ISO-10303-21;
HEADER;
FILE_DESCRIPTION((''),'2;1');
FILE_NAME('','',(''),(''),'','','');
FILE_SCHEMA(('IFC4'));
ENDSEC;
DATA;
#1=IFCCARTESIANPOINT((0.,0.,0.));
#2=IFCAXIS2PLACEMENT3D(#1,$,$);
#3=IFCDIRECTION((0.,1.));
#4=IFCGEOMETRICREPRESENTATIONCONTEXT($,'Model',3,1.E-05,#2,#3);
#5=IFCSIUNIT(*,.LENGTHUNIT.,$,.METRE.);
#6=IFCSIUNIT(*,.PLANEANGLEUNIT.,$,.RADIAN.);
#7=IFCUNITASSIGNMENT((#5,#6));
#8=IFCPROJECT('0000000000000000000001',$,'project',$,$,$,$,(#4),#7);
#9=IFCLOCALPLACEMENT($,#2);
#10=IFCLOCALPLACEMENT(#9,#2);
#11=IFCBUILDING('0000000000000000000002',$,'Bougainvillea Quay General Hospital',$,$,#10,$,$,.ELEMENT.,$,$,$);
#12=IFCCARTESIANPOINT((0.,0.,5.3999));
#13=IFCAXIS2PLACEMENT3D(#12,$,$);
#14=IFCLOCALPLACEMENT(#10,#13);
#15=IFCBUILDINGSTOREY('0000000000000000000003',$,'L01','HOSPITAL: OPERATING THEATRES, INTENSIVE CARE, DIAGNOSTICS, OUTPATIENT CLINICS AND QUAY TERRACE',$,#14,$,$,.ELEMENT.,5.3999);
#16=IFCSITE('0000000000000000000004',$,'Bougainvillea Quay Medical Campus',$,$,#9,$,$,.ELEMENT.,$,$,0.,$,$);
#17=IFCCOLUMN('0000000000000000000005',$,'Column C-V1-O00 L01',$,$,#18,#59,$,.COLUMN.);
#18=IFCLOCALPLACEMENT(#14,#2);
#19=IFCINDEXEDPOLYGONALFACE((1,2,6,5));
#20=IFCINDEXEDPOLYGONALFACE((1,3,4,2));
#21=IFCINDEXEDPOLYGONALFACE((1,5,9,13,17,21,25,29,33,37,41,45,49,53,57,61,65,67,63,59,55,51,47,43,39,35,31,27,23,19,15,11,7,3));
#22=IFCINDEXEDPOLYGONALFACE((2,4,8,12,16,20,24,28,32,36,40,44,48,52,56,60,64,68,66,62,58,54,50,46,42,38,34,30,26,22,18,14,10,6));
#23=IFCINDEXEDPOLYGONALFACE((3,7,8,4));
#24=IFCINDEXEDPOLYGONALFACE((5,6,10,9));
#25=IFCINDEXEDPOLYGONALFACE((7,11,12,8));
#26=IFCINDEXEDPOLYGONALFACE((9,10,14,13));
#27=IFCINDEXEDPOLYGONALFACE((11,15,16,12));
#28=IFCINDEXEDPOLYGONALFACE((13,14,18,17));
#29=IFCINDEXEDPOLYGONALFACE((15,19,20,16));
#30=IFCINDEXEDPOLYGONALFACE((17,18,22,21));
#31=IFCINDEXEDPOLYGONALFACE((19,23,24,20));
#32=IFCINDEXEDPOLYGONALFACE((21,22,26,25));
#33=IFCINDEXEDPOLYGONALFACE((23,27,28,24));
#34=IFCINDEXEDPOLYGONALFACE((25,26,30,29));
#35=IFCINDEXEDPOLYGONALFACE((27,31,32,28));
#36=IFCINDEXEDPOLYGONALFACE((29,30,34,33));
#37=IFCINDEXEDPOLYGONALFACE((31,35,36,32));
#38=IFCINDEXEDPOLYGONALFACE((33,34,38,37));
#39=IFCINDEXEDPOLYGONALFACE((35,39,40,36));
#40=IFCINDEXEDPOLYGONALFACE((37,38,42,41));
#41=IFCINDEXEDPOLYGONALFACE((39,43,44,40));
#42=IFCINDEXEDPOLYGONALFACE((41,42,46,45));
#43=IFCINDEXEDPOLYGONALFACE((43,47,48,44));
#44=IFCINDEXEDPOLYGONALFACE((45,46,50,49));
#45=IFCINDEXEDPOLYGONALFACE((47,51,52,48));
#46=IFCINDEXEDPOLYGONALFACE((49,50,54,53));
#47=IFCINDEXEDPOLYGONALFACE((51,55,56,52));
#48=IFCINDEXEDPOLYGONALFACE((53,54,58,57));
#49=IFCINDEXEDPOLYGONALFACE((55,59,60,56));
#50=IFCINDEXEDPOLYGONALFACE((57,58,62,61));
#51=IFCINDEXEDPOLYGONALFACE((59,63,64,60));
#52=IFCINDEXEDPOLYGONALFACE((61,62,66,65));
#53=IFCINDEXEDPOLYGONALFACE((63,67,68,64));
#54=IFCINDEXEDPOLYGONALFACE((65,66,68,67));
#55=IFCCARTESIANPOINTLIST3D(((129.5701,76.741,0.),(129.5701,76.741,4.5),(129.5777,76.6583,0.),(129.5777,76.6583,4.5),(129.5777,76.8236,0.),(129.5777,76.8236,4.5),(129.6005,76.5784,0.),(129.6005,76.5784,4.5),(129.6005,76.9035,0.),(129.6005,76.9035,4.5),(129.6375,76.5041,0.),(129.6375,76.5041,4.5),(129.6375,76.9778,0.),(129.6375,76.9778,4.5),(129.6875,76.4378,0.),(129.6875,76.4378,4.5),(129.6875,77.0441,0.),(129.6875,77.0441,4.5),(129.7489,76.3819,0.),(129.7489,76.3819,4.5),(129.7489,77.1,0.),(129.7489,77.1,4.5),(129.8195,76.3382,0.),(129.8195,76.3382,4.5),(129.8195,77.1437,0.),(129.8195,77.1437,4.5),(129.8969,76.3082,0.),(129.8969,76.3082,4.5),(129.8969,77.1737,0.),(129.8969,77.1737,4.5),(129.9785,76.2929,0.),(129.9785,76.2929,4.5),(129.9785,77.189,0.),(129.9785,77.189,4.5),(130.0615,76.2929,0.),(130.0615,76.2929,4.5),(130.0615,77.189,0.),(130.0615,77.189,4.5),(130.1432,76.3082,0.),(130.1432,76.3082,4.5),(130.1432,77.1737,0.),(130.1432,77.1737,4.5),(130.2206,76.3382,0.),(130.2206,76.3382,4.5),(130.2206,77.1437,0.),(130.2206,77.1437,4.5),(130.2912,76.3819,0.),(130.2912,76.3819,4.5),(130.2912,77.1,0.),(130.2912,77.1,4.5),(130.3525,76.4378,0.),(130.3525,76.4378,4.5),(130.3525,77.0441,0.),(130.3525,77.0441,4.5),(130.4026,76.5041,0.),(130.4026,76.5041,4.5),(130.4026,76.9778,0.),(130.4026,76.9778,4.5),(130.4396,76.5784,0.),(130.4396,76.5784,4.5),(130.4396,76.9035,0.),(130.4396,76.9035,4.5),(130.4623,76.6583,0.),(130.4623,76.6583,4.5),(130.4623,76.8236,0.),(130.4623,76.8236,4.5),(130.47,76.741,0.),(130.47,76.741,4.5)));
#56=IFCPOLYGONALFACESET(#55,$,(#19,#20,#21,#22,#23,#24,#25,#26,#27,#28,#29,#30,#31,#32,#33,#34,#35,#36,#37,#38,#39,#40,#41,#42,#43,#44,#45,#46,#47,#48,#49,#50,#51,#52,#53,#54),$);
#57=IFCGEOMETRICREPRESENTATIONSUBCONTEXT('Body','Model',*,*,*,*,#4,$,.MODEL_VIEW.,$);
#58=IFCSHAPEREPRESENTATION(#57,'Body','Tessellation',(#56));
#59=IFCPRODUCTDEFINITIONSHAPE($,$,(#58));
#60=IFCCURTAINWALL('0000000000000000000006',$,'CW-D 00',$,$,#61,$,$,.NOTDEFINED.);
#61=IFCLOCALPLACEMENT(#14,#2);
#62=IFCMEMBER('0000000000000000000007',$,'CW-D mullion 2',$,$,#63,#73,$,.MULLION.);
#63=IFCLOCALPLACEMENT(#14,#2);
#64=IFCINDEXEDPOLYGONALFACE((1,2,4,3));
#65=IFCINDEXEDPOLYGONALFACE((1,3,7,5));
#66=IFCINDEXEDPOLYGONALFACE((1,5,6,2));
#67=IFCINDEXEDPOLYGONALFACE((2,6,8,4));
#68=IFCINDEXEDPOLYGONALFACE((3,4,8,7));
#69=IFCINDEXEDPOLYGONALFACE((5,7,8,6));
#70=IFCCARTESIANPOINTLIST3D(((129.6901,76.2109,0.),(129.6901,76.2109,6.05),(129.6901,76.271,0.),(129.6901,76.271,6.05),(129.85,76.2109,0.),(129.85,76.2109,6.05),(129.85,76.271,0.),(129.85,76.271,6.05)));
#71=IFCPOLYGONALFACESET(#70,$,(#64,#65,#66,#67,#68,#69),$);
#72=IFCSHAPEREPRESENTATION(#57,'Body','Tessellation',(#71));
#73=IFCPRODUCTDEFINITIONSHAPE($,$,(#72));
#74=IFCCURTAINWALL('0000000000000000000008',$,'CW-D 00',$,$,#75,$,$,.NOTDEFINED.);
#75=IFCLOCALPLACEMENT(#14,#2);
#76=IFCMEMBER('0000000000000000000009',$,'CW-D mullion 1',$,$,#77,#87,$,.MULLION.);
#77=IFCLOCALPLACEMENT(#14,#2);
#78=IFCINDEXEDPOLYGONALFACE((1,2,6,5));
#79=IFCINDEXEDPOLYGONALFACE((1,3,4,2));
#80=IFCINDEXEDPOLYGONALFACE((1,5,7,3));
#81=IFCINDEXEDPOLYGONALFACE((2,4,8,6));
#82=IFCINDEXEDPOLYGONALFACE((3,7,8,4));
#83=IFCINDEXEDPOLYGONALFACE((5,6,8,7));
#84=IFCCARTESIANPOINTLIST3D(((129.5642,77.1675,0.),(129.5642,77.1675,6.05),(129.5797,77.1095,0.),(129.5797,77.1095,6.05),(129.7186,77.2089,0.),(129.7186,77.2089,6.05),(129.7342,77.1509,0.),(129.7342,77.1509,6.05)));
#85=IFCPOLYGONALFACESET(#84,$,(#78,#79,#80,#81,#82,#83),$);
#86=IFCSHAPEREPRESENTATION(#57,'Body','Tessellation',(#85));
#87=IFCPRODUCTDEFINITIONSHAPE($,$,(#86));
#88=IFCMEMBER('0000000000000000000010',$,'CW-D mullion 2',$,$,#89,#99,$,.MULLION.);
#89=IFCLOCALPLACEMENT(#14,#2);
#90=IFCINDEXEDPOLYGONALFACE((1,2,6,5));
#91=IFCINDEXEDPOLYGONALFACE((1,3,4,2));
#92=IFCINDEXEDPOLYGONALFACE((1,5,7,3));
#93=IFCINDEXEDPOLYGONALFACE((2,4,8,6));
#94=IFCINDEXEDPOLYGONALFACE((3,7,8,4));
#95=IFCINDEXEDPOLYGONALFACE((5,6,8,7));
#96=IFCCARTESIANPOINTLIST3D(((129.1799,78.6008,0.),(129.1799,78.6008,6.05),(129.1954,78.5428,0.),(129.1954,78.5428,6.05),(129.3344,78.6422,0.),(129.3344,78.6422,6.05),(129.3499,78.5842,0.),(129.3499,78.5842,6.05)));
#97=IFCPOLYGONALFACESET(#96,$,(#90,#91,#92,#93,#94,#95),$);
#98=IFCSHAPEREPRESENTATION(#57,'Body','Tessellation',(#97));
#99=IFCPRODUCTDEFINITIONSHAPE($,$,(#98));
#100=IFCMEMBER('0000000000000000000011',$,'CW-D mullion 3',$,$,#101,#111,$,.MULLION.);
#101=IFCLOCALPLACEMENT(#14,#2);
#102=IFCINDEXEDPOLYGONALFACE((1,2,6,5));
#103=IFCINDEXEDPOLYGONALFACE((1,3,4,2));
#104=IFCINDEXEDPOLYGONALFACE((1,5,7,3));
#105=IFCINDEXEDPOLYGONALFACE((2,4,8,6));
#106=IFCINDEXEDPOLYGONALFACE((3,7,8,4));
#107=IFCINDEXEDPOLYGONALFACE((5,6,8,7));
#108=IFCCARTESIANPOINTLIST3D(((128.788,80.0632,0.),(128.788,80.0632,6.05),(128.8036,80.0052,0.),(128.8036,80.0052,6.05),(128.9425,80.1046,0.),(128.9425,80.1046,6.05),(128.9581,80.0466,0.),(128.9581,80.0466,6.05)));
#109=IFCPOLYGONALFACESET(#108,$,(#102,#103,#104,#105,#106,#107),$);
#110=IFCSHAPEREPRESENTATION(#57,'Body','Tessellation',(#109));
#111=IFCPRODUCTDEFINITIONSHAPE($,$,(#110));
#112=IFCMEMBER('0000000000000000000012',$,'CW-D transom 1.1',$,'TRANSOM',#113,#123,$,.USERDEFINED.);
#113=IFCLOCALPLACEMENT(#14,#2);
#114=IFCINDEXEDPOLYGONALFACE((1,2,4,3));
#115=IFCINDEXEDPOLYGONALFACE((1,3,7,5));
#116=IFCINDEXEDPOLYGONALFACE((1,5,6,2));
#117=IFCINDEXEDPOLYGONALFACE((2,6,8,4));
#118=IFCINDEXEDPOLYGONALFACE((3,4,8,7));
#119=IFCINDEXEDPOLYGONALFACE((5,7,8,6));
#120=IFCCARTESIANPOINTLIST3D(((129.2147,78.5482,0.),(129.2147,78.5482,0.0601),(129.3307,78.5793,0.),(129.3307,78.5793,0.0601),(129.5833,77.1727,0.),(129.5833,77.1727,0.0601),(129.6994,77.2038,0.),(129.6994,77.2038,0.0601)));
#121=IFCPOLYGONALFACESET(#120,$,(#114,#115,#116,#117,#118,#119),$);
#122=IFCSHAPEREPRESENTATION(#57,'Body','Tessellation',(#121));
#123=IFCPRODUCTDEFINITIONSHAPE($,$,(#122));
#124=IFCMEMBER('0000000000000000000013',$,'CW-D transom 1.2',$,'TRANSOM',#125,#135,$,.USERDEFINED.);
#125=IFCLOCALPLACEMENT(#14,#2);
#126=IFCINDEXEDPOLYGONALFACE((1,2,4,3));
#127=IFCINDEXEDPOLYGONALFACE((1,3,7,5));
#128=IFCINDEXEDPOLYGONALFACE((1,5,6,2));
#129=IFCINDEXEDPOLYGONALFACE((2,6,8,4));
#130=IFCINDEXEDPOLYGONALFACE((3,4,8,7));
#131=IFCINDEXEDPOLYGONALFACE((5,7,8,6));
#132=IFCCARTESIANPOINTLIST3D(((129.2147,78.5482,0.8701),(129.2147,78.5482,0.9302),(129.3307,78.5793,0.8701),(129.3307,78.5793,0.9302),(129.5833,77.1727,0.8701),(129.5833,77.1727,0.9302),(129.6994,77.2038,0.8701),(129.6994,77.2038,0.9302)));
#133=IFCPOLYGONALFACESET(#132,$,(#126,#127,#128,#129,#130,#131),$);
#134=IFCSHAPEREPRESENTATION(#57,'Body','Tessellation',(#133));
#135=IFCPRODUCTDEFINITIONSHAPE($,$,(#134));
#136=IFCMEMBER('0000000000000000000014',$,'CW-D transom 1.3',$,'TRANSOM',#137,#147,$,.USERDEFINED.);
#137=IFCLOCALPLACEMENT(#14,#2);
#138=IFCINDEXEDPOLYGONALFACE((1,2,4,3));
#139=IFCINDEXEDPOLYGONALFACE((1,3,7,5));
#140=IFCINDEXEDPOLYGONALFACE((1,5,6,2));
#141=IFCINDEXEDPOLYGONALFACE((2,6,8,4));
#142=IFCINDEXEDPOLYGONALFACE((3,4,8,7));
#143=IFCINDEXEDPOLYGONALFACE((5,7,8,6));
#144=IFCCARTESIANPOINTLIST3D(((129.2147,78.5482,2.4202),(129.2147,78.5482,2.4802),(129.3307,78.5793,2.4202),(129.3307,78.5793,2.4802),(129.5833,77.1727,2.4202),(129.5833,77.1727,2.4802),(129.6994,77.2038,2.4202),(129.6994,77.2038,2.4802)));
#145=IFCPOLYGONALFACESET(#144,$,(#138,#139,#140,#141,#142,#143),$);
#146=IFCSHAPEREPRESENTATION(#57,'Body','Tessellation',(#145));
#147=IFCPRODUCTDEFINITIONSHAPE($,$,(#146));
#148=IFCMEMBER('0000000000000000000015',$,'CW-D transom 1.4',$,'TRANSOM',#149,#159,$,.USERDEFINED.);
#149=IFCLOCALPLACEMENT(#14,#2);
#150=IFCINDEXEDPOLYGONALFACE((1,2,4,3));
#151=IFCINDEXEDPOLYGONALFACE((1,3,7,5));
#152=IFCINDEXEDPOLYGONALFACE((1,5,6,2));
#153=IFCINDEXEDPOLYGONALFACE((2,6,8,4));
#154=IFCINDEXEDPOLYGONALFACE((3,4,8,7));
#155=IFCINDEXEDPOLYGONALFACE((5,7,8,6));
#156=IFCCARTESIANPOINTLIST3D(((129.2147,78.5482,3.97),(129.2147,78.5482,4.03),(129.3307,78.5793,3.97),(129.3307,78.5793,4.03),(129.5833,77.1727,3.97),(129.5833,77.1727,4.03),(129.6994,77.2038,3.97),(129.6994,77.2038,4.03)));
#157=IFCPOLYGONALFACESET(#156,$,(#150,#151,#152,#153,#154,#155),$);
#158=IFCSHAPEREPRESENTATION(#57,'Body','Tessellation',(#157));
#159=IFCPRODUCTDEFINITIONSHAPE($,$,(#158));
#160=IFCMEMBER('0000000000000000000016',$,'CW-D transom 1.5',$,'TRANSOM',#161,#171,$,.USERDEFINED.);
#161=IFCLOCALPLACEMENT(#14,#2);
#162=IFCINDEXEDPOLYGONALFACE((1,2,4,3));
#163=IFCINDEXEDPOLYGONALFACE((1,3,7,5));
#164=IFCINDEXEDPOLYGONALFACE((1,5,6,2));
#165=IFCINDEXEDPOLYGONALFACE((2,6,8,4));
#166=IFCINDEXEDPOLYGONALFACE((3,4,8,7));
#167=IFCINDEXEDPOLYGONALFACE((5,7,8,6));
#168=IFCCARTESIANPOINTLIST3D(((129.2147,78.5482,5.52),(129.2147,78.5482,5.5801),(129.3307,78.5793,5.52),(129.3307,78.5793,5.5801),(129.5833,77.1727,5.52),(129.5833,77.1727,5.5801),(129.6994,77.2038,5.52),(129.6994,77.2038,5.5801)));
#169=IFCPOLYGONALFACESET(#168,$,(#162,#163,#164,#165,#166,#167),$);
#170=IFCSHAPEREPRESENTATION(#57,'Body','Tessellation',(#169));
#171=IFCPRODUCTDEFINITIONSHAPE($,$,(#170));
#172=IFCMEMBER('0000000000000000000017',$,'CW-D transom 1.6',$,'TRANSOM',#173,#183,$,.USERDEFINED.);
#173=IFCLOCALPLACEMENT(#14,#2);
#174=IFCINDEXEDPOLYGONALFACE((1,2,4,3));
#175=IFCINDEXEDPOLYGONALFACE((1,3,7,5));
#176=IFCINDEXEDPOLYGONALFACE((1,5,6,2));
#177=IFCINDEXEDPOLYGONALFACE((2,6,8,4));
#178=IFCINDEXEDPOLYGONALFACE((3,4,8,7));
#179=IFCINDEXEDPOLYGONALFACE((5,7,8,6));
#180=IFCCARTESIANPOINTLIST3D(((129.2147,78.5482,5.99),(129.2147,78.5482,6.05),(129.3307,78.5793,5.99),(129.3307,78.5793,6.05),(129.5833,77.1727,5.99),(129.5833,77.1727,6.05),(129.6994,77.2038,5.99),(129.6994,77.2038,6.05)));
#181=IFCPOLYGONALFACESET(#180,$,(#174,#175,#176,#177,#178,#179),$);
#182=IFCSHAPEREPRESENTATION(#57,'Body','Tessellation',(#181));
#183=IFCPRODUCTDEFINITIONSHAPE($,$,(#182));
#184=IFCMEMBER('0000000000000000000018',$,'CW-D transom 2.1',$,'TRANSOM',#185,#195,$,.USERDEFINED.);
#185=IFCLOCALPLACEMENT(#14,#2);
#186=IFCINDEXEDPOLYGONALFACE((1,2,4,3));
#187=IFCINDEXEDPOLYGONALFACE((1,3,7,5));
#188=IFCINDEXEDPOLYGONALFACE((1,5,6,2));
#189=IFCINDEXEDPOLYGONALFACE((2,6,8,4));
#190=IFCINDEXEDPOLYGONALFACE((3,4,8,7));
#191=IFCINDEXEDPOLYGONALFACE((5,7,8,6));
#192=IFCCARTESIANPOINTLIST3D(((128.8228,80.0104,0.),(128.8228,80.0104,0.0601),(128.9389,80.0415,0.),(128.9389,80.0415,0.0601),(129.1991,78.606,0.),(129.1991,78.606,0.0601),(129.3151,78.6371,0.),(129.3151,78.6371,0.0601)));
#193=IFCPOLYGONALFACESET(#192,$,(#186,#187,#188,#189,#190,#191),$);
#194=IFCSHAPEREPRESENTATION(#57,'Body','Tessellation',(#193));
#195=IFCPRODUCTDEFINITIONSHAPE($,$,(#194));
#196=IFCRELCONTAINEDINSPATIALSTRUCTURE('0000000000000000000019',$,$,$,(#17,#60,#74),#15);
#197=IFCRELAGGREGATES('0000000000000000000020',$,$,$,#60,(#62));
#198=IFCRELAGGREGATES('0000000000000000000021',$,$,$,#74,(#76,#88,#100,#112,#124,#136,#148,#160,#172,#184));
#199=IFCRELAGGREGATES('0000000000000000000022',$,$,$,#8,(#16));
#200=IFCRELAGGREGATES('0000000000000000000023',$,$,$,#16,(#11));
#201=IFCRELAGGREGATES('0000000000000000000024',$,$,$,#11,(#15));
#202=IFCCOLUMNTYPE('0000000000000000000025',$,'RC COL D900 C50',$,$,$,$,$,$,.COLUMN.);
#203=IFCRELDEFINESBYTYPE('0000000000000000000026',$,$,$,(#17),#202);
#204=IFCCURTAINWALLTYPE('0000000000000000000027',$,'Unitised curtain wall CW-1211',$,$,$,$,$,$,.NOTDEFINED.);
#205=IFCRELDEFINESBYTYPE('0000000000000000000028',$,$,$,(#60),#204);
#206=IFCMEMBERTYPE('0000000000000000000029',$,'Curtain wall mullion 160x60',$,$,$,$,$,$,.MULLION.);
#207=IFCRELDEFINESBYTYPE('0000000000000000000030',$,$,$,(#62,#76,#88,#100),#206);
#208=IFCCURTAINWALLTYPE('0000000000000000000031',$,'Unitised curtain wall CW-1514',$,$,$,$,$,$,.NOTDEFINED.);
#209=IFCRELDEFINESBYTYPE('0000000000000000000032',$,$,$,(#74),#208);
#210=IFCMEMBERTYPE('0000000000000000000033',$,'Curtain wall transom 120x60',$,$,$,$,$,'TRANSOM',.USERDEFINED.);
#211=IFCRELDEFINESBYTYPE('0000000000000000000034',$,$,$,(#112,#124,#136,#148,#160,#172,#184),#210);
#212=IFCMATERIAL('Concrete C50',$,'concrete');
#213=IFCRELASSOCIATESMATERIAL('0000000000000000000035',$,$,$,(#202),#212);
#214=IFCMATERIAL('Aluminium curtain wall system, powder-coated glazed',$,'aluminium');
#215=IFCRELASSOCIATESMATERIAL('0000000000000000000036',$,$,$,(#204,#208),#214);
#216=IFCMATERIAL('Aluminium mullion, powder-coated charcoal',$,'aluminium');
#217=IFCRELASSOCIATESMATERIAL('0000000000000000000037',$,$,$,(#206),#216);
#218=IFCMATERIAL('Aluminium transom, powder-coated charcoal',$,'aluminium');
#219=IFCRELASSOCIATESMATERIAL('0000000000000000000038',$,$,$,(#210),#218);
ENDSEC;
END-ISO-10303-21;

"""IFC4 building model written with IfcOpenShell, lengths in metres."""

from ifc_helpers import new_model, si_unit, direction, frame, origin, origin_2d, place, context, subcontext, project, spatial, rectangle, circle, extrude, material, material_profile, profile_set, type_object, element, aggregate, save


model = new_model("IFC4")

# Units and contexts
model_context = context("Model", 3, precision=1e-05, world=origin(), true_north=direction((0.0, 1.0)))
body_context = subcontext(model_context, "Body", "Model", "MODEL_VIEW")
ifc_project = project(units=[si_unit("LENGTHUNIT", "METRE"), si_unit("PLANEANGLEUNIT", "RADIAN")], contexts=[model_context])

# Site, building, storey
site_placement = place(None, origin())
site = spatial("IfcSite", under=ifc_project, at=site_placement, Name="Bougainvillea Quay Medical Campus", CompositionType="ELEMENT", RefElevation=0.0)
building_placement = place(site_placement, origin())
building = spatial("IfcBuilding", under=site, at=building_placement, Name="Bougainvillea Quay General Hospital", CompositionType="ELEMENT")
storey_placement = place(building_placement, frame((0.0, 0.0, 5.3999)))
storey = spatial("IfcBuildingStorey", under=building, at=storey_placement, Name="L01", Description="HOSPITAL: OPERATING THEATRES, INTENSIVE CARE, DIAGNOSTICS, OUTPATIENT CLINICS AND QUAY TERRACE", CompositionType="ELEMENT", Elevation=5.3999)

# Column
ifc_material_1 = material(Name="Concrete C50", Category="concrete")
ifc_material_profile_1 = material_profile(ifc_material_1, circle(Radius=0.45, at=origin_2d()))
ifc_profile_set_1 = profile_set([ifc_material_profile_1], Name="Concrete C50")
column_type = type_object("IfcColumnType", Name="RC COL D900 C50", PredefinedType="COLUMN", material=ifc_profile_set_1)
column_placement = place(storey_placement, frame((130.02, 76.741, 0.0), z_axis=(0.0, 0.0, 1.0), x_axis=(1.0, 0.0, 0.0)))
element("IfcColumn", 1, at=column_placement, inside=storey, type_object=column_type, Name="Column C-V1-O00 L01", PredefinedType="COLUMN", context=body_context, shape_type="SweptSolid", body=[
    extrude(circle(Radius=0.45, at=origin_2d()), origin(), (0.0, 0.0, 1.0), 4.5),
])

# Curtain wall, member
ifc_material_2 = material(Name="Aluminium curtain wall system, powder-coated glazed", Category="aluminium")
curtain_wall_type_1 = type_object("IfcCurtainWallType", Name="Unitised curtain wall CW-1211", PredefinedType="NOTDEFINED", material=ifc_material_2)
curtain_wall_1_placement = place(storey_placement, origin())
curtain_wall_1 = element("IfcCurtainWall", 2, at=curtain_wall_1_placement, inside=storey, type_object=curtain_wall_type_1, Name="CW-D 00", PredefinedType="NOTDEFINED")
ifc_material_3 = material(Name="Aluminium mullion, powder-coated charcoal", Category="aluminium")
ifc_material_profile_2 = material_profile(ifc_material_3, rectangle(XDim=0.1599, YDim=0.0601, at=origin_2d()))
ifc_profile_set_2 = profile_set([ifc_material_profile_2], Name="Aluminium mullion, powder-coated charcoal")
member_type_1 = type_object("IfcMemberType", Name="Curtain wall mullion 160x60", PredefinedType="MULLION", material=ifc_profile_set_2)
member_1_placement = place(storey_placement, frame((129.77, 76.241, 0.0), z_axis=(0.0, 0.0, 1.0), x_axis=(-1.0, 0.0, 0.0)))
member_1 = element("IfcMember", 3, at=member_1_placement, type_object=member_type_1, Name="CW-D mullion 2", PredefinedType="MULLION", context=body_context, shape_type="SweptSolid", body=[
    extrude(rectangle(XDim=0.1599, YDim=0.0601, at=origin_2d()), origin(), (0.0, 0.0, 1.0), 6.05),
])

# Curtain wall, members
curtain_wall_type_2 = type_object("IfcCurtainWallType", Name="Unitised curtain wall CW-1514", PredefinedType="NOTDEFINED", material=ifc_material_2)
curtain_wall_2_placement = place(storey_placement, origin())
curtain_wall_2 = element("IfcCurtainWall", 4, at=curtain_wall_2_placement, inside=storey, type_object=curtain_wall_type_2, Name="CW-D 00", PredefinedType="NOTDEFINED")
member_2_placement = place(storey_placement, frame((129.6492, 77.1592, 0.0), z_axis=(0.0, 0.0, 1.0), x_axis=(-0.965916, -0.258855, 0.0)))
member_2 = element("IfcMember", 5, at=member_2_placement, type_object=member_type_1, Name="CW-D mullion 1", PredefinedType="MULLION", context=body_context, shape_type="SweptSolid", body=[
    extrude(rectangle(XDim=0.1599, YDim=0.0601, at=origin_2d()), origin(), (0.0, 0.0, 1.0), 6.05),
])
member_3_placement = place(storey_placement, frame((129.2649, 78.5925, 0.0), z_axis=(0.0, 0.0, 1.0), x_axis=(-0.965916, -0.258855, 0.0)))
member_3 = element("IfcMember", 6, at=member_3_placement, type_object=member_type_1, Name="CW-D mullion 2", PredefinedType="MULLION", context=body_context, shape_type="SweptSolid", body=[
    extrude(rectangle(XDim=0.1599, YDim=0.0601, at=origin_2d()), origin(), (0.0, 0.0, 1.0), 6.05),
])
member_4_placement = place(storey_placement, frame((128.873, 80.0549, 0.0), z_axis=(0.0, 0.0, 1.0), x_axis=(-0.965916, -0.258855, 0.0)))
member_4 = element("IfcMember", 7, at=member_4_placement, type_object=member_type_1, Name="CW-D mullion 3", PredefinedType="MULLION", context=body_context, shape_type="SweptSolid", body=[
    extrude(rectangle(XDim=0.1599, YDim=0.0601, at=origin_2d()), origin(), (0.0, 0.0, 1.0), 6.05),
])
ifc_material_4 = material(Name="Aluminium transom, powder-coated charcoal", Category="aluminium")
ifc_material_profile_3 = material_profile(ifc_material_4, rectangle(XDim=0.1201, YDim=0.0601, at=origin_2d()))
ifc_profile_set_3 = profile_set([ifc_material_profile_3], Name="Aluminium transom, powder-coated charcoal")
member_type_2 = type_object("IfcMemberType", Name="Curtain wall transom 120x60", ElementType="TRANSOM", PredefinedType="USERDEFINED", material=ifc_profile_set_3)
member_5_placement = place(storey_placement, frame((129.6414, 77.1882, 0.03), z_axis=(-0.258879, 0.96591, 0.0), x_axis=(-0.96591, -0.258879, 0.0)))
member_5 = element("IfcMember", 8, at=member_5_placement, type_object=member_type_2, Name="CW-D transom 1.1", ObjectType="TRANSOM", PredefinedType="USERDEFINED", context=body_context, shape_type="SweptSolid", body=[
    extrude(rectangle(XDim=0.1201, YDim=0.0601, at=origin_2d()), origin(), (0.0, 0.0, 1.0), 1.4241),
])
member_6_placement = place(storey_placement, frame((129.6414, 77.1882, 0.9001), z_axis=(-0.258879, 0.96591, 0.0), x_axis=(-0.96591, -0.258879, 0.0)))
member_6 = element("IfcMember", 9, at=member_6_placement, type_object=member_type_2, Name="CW-D transom 1.2", ObjectType="TRANSOM", PredefinedType="USERDEFINED", context=body_context, shape_type="SweptSolid", body=[
    extrude(rectangle(XDim=0.1201, YDim=0.0601, at=origin_2d()), origin(), (0.0, 0.0, 1.0), 1.4241),
])
member_7_placement = place(storey_placement, frame((129.6414, 77.1882, 2.4502), z_axis=(-0.258879, 0.96591, 0.0), x_axis=(-0.96591, -0.258879, 0.0)))
member_7 = element("IfcMember", 10, at=member_7_placement, type_object=member_type_2, Name="CW-D transom 1.3", ObjectType="TRANSOM", PredefinedType="USERDEFINED", context=body_context, shape_type="SweptSolid", body=[
    extrude(rectangle(XDim=0.1201, YDim=0.0601, at=origin_2d()), origin(), (0.0, 0.0, 1.0), 1.4241),
])
member_8_placement = place(storey_placement, frame((129.6414, 77.1882, 4.0), z_axis=(-0.258879, 0.96591, 0.0), x_axis=(-0.96591, -0.258879, 0.0)))
member_8 = element("IfcMember", 11, at=member_8_placement, type_object=member_type_2, Name="CW-D transom 1.4", ObjectType="TRANSOM", PredefinedType="USERDEFINED", context=body_context, shape_type="SweptSolid", body=[
    extrude(rectangle(XDim=0.1201, YDim=0.0601, at=origin_2d()), origin(), (0.0, 0.0, 1.0), 1.4241),
])
member_9_placement = place(storey_placement, frame((129.6414, 77.1882, 5.55), z_axis=(-0.258879, 0.96591, 0.0), x_axis=(-0.96591, -0.258879, 0.0)))
member_9 = element("IfcMember", 12, at=member_9_placement, type_object=member_type_2, Name="CW-D transom 1.5", ObjectType="TRANSOM", PredefinedType="USERDEFINED", context=body_context, shape_type="SweptSolid", body=[
    extrude(rectangle(XDim=0.1201, YDim=0.0601, at=origin_2d()), origin(), (0.0, 0.0, 1.0), 1.4241),
])
member_10_placement = place(storey_placement, frame((129.6414, 77.1882, 6.02), z_axis=(-0.258879, 0.96591, 0.0), x_axis=(-0.96591, -0.258879, 0.0)))
member_10 = element("IfcMember", 13, at=member_10_placement, type_object=member_type_2, Name="CW-D transom 1.6", ObjectType="TRANSOM", PredefinedType="USERDEFINED", context=body_context, shape_type="SweptSolid", body=[
    extrude(rectangle(XDim=0.1201, YDim=0.0601, at=origin_2d()), origin(), (0.0, 0.0, 1.0), 1.4241),
])
member_11_placement = place(storey_placement, frame((129.2571, 78.6216, 0.03), z_axis=(-0.258781, 0.965936, 0.0), x_axis=(-0.965936, -0.258781, 0.0)))
member_11 = element("IfcMember", 14, at=member_11_placement, type_object=member_type_2, Name="CW-D transom 2.1", ObjectType="TRANSOM", PredefinedType="USERDEFINED", context=body_context, shape_type="SweptSolid", body=[
    extrude(rectangle(XDim=0.1201, YDim=0.0601, at=origin_2d()), origin(), (0.0, 0.0, 1.0), 1.4539),
])

aggregate(curtain_wall_1, [member_1])
aggregate(curtain_wall_2, [member_2, member_3, member_4, member_5, member_6, member_7, member_8, member_9, member_10, member_11])

save(model, "model.ifc")
